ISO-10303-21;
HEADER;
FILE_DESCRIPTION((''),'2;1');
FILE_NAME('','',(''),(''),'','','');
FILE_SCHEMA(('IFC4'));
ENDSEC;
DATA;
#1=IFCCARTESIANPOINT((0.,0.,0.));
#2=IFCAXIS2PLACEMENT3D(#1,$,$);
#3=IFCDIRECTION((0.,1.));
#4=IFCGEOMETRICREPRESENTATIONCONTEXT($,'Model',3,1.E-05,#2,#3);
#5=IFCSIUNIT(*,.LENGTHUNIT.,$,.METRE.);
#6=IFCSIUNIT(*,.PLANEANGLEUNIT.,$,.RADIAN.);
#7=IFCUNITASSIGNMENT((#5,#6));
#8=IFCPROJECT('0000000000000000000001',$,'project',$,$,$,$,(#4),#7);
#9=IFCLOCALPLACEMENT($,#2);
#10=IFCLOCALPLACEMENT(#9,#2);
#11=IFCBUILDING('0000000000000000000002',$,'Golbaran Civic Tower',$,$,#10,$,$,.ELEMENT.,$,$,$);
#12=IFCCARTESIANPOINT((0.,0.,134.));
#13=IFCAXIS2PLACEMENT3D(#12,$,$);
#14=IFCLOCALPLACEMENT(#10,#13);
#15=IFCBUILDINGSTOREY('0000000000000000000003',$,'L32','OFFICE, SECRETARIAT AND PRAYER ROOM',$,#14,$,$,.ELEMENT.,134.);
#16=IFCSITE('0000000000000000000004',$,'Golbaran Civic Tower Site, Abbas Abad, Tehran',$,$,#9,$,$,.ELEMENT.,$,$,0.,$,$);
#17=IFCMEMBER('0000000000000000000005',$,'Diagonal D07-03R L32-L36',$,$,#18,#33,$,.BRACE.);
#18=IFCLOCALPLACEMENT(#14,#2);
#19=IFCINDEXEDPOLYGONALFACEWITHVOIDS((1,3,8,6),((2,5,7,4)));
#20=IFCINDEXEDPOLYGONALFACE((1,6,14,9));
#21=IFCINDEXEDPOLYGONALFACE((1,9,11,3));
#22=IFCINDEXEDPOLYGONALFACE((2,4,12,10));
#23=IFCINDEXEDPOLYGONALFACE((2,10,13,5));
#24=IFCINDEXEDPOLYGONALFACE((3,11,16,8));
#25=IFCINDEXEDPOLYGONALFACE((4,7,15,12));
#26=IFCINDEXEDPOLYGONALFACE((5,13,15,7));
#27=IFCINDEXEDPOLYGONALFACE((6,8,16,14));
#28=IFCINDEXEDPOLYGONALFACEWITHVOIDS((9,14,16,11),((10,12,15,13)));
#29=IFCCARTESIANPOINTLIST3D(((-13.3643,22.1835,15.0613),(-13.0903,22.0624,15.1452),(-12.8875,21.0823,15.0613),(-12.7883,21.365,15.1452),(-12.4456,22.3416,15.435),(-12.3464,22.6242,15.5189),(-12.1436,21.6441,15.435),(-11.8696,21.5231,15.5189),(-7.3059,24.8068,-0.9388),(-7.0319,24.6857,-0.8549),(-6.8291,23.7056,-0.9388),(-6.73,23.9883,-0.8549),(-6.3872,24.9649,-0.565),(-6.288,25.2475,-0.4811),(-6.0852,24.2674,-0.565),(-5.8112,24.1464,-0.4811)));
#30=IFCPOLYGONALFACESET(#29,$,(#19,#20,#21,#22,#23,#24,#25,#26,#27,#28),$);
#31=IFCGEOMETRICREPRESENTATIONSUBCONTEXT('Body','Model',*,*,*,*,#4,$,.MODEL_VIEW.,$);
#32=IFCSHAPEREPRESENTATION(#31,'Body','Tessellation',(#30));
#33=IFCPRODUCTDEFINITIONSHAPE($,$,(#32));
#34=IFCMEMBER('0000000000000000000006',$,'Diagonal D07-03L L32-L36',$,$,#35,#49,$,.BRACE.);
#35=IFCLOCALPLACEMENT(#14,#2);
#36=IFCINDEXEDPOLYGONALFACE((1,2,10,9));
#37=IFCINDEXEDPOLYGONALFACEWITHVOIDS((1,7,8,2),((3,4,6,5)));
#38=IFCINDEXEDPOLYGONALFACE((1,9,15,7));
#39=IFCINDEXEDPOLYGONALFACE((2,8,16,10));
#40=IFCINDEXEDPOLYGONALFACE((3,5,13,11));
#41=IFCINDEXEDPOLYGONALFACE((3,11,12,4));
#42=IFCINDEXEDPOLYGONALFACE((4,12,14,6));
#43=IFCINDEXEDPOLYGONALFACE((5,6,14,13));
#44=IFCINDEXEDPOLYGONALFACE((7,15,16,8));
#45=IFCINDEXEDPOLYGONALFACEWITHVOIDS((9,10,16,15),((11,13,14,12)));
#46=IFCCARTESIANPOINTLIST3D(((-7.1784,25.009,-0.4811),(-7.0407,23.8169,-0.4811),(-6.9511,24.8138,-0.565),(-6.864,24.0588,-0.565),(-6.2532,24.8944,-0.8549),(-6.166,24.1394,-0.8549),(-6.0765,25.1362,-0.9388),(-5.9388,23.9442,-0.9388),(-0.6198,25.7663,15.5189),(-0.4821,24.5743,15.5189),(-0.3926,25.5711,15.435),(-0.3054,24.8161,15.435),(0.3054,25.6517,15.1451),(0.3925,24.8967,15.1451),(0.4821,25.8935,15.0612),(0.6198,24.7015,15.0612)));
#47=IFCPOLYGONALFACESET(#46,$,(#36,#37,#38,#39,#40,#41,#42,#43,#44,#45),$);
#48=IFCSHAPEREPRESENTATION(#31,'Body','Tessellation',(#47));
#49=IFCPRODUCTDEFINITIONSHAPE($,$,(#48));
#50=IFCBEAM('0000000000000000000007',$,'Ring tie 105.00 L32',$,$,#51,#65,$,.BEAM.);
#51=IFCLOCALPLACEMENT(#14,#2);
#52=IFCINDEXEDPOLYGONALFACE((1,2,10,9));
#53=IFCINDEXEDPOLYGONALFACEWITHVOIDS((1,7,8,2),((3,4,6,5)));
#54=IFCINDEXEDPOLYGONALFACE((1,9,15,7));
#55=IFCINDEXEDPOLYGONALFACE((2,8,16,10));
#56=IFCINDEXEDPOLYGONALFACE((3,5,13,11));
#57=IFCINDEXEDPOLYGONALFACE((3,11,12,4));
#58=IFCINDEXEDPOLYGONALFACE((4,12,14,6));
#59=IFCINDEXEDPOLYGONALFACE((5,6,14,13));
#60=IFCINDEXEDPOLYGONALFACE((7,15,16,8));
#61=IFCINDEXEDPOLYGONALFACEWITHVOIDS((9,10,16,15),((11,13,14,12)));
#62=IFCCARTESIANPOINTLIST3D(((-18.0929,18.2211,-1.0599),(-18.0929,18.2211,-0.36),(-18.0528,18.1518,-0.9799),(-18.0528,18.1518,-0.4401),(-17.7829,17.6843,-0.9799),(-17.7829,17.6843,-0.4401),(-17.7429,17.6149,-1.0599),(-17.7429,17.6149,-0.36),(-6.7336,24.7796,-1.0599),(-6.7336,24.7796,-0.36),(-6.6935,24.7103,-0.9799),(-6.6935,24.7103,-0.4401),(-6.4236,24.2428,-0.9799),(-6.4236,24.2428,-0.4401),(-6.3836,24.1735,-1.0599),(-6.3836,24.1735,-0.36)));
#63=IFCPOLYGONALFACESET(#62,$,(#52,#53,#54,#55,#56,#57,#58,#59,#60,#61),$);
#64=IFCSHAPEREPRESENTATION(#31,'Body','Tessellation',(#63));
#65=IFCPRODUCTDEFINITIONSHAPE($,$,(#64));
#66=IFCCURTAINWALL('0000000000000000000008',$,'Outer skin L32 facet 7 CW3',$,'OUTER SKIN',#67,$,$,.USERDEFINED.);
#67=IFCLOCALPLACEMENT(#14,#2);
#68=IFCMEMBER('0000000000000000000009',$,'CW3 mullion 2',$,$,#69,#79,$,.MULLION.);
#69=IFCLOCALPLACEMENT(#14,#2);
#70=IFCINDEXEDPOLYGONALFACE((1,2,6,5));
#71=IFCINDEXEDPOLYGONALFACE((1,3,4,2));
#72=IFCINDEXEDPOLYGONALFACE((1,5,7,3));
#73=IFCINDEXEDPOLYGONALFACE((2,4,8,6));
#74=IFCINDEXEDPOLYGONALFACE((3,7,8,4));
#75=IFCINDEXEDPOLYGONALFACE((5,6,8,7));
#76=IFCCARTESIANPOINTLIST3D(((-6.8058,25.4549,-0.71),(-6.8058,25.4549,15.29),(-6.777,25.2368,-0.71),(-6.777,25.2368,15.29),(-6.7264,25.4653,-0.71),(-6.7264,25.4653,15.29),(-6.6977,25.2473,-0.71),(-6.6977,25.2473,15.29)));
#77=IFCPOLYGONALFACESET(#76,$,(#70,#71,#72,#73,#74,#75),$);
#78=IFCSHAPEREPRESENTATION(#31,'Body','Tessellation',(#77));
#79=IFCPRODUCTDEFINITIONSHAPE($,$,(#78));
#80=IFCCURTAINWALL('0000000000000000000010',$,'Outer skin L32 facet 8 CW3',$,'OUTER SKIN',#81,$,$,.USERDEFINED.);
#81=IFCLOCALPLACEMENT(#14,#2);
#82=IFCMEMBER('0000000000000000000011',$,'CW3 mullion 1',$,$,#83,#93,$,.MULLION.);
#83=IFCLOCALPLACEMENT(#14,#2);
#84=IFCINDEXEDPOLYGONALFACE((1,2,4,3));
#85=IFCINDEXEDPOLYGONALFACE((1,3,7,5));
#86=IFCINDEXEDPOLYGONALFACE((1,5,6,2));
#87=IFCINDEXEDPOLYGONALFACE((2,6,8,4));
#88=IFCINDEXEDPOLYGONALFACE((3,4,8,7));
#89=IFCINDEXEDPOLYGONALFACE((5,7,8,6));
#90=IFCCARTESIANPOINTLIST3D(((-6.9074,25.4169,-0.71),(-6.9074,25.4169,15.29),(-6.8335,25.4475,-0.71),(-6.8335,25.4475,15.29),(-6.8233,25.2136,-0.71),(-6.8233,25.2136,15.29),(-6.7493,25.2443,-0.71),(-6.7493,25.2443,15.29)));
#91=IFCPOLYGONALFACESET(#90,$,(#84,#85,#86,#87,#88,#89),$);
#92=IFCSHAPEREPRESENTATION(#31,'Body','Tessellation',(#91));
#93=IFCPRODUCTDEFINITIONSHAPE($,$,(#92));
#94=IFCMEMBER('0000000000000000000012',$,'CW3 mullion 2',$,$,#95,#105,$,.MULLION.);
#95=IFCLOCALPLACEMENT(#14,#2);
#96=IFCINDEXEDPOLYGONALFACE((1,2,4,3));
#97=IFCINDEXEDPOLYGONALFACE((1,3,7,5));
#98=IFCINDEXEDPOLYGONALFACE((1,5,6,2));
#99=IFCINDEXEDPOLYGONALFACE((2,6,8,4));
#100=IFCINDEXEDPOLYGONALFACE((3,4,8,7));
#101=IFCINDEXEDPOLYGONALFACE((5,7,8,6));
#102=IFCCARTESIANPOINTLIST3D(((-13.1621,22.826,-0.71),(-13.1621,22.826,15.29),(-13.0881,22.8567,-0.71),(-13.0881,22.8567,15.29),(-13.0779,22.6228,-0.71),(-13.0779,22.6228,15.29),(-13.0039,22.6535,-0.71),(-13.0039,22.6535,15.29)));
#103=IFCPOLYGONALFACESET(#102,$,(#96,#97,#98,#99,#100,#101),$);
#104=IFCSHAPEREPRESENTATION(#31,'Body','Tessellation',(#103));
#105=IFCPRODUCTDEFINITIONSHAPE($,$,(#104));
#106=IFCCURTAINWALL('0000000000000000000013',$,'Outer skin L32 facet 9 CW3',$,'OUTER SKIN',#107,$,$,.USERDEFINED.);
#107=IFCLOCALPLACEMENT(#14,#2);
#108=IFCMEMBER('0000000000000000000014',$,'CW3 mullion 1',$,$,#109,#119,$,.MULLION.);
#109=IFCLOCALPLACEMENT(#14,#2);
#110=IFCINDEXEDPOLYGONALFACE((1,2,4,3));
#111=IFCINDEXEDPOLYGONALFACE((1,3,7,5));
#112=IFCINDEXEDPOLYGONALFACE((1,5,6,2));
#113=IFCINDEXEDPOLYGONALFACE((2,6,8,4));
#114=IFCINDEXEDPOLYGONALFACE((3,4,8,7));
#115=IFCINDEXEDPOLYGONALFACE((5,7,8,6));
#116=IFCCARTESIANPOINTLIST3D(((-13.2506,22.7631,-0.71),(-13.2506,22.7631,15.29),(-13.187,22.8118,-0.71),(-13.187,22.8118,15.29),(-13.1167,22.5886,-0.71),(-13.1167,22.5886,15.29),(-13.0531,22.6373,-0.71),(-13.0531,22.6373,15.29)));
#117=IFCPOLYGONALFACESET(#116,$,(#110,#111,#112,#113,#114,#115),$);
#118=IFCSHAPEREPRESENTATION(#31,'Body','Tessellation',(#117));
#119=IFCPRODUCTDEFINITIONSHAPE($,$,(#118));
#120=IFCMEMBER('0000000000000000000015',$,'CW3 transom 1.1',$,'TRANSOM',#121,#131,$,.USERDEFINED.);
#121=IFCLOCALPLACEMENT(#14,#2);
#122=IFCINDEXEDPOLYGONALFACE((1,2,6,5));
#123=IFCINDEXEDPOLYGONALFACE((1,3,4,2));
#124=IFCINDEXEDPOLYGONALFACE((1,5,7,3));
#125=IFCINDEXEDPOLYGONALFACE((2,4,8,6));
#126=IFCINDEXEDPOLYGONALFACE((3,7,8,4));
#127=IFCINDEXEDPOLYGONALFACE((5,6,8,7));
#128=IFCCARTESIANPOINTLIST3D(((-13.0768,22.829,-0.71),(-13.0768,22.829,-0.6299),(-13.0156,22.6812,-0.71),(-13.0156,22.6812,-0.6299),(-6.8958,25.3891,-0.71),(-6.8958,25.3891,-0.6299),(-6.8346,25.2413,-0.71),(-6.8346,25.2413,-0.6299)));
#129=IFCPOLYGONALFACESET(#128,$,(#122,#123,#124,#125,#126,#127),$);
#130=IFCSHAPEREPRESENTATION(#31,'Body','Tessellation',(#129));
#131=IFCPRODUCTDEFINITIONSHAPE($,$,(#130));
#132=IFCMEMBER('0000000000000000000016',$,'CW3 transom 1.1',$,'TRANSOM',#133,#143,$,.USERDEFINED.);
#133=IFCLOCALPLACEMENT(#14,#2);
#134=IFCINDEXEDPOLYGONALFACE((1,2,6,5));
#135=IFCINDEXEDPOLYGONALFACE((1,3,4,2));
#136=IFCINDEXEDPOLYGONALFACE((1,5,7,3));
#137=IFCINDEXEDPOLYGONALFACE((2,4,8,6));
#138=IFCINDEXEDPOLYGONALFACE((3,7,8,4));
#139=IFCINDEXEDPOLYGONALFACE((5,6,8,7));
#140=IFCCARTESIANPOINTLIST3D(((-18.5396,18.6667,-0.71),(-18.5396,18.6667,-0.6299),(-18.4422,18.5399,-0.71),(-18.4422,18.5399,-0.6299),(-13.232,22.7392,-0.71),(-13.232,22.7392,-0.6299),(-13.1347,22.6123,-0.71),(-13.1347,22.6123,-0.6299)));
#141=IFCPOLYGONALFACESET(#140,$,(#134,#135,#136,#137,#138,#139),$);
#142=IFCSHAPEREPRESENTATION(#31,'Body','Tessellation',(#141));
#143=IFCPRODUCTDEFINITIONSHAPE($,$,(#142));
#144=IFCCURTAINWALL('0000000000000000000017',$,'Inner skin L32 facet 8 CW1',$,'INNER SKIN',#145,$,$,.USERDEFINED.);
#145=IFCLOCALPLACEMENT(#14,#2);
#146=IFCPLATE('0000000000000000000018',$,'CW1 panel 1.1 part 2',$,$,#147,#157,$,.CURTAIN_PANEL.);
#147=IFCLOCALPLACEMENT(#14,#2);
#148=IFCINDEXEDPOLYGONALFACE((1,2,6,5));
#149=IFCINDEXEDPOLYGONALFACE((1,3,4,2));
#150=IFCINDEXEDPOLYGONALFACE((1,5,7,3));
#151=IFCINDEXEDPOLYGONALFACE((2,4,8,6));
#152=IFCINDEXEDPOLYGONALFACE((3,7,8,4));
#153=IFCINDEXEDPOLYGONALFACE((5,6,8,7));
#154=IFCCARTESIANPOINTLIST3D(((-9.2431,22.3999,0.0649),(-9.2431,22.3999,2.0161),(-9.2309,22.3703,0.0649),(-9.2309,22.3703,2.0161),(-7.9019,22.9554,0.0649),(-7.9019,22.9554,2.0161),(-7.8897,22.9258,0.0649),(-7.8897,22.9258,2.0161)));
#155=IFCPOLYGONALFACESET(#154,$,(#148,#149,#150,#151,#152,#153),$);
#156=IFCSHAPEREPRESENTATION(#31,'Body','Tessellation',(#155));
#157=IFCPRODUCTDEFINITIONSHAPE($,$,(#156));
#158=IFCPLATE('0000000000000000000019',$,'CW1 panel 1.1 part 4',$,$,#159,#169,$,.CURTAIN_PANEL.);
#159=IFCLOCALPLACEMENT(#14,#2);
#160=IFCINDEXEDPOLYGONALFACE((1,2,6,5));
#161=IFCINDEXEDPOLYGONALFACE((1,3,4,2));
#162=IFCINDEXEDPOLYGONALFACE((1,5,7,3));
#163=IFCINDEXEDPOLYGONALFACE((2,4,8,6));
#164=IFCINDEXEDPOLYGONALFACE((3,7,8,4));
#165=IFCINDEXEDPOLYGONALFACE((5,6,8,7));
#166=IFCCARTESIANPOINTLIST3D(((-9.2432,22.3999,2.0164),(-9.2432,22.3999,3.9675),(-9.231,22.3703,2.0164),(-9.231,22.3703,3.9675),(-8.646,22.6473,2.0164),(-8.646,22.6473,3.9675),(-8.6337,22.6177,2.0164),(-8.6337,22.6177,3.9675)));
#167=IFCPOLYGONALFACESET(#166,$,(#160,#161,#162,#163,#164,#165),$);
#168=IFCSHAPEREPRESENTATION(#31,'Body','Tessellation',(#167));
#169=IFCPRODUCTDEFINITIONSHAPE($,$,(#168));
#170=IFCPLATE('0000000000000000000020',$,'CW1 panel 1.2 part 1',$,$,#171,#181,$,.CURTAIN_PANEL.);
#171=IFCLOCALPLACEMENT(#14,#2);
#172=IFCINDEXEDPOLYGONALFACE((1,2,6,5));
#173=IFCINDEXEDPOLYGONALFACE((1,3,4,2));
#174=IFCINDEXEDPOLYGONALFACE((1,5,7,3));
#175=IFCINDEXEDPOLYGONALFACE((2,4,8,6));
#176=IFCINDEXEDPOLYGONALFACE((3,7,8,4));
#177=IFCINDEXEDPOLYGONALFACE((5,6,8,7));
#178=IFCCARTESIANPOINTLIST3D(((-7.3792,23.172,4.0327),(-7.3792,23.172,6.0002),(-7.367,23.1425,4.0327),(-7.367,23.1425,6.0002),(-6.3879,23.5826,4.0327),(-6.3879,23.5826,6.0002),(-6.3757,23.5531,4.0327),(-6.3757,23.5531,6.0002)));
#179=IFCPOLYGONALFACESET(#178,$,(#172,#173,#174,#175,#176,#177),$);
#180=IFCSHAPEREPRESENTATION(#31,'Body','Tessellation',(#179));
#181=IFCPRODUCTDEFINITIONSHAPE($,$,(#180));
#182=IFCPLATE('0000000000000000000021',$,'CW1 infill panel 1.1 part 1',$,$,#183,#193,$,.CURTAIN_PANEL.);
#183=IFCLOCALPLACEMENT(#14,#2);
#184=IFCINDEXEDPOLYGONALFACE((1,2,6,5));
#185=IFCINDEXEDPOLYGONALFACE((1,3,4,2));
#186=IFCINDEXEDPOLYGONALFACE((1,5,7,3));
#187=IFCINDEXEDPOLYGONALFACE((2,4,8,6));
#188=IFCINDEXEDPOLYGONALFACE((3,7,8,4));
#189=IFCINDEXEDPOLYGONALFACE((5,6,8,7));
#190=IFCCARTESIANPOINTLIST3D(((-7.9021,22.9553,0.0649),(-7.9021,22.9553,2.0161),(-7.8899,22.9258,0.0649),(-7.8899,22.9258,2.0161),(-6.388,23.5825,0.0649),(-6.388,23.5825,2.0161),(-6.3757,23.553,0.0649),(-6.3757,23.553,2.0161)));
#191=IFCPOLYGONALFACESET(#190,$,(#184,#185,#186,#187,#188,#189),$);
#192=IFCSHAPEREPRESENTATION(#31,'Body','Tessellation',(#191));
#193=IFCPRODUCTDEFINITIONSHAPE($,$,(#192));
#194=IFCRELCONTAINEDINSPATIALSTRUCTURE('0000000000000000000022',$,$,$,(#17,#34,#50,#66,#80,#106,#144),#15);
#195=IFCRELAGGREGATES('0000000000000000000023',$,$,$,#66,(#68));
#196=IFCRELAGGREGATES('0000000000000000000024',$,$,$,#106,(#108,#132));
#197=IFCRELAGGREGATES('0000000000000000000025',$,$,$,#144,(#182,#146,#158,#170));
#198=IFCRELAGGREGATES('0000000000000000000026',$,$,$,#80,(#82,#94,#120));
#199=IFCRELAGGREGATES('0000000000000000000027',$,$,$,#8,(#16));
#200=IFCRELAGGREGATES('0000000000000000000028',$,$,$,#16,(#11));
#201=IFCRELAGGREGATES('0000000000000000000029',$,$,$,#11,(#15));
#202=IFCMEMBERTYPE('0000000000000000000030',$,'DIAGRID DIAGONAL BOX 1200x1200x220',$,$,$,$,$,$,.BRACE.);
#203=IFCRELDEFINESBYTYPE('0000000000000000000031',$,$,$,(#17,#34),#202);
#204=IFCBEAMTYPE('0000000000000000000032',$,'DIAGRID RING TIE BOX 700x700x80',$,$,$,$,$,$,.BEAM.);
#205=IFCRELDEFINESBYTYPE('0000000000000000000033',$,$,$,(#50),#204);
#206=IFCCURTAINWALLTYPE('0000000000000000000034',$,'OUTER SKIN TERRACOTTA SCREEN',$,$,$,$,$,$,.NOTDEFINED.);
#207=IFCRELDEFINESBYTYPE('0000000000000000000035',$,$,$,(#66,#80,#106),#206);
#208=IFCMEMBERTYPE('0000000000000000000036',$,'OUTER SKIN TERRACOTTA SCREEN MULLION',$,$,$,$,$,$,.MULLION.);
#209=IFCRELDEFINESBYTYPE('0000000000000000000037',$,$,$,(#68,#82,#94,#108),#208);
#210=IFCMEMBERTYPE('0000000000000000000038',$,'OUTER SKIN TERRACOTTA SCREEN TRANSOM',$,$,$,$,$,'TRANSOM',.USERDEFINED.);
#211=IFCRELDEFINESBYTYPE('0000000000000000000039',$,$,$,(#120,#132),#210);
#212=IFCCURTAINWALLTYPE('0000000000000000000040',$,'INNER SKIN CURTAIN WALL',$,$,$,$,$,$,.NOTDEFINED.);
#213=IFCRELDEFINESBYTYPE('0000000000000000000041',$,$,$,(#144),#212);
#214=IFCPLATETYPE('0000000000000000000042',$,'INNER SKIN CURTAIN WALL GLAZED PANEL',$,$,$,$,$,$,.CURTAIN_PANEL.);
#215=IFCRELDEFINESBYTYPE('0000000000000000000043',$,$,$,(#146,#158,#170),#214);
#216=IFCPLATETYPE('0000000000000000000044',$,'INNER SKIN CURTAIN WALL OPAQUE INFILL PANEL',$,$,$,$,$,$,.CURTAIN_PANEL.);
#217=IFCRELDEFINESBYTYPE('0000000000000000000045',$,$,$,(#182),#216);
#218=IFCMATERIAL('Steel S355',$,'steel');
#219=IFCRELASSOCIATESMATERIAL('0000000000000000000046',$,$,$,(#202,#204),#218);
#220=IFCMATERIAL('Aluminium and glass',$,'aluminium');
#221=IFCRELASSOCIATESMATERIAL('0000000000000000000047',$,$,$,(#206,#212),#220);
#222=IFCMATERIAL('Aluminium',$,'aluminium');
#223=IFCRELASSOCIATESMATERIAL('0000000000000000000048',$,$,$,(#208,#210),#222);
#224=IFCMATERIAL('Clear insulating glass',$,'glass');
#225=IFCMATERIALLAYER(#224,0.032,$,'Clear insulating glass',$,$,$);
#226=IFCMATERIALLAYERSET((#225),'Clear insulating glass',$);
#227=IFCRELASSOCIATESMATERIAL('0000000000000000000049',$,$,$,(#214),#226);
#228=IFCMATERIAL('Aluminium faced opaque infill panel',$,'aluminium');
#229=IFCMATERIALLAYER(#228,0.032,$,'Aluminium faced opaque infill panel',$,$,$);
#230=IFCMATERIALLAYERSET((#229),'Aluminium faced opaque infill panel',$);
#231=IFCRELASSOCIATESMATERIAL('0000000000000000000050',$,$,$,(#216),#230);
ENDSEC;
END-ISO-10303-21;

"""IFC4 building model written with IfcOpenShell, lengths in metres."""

from ifc_helpers import new_model, si_unit, direction, frame, origin, origin_2d, place, context, subcontext, project, spatial, rectangle, hollow_rectangle, extrude, material, layer, layer_set, material_profile, profile_set, type_object, element, aggregate, save


model = new_model("IFC4")

# Units and contexts
model_context = context("Model", 3, precision=1e-05, world=origin(), true_north=direction((0.0, 1.0)))
body_context = subcontext(model_context, "Body", "Model", "MODEL_VIEW")
ifc_project = project(units=[si_unit("LENGTHUNIT", "METRE"), si_unit("PLANEANGLEUNIT", "RADIAN")], contexts=[model_context])

# Site, building, storey
site_placement = place(None, origin())
site = spatial("IfcSite", under=ifc_project, at=site_placement, Name="Golbaran Civic Tower Site, Abbas Abad, Tehran", CompositionType="ELEMENT", RefElevation=0.0)
building_placement = place(site_placement, origin())
building = spatial("IfcBuilding", under=site, at=building_placement, Name="Golbaran Civic Tower", CompositionType="ELEMENT")
storey_placement = place(building_placement, frame((0.0, 0.0, 134.0)))
storey = spatial("IfcBuildingStorey", under=building, at=storey_placement, Name="L32", Description="OFFICE, SECRETARIAT AND PRAYER ROOM", CompositionType="ELEMENT", Elevation=134.0)

# Members
ifc_material_1 = material(Name="Steel S355", Category="steel")
ifc_material_profile_1 = material_profile(ifc_material_1, hollow_rectangle(XDim=1.2, YDim=1.2, WallThickness=0.22, at=origin_2d()), Name="BOX 1200x1200x220")
ifc_profile_set_1 = profile_set([ifc_material_profile_1], Name="Steel S355")
member_type_1 = type_object("IfcMemberType", Name="DIAGRID DIAGONAL BOX 1200x1200x220", PredefinedType="BRACE", material=ifc_profile_set_1)
for number, where, z_axis, x_axis, name in (
    (1, (-6.5586, 24.4766, -0.71), (-0.350021, -0.151561, 0.9244), (0.397353, -0.917666, 0.0), "Diagonal D07-03R L32-L36"),
    (2, (-6.5586, 24.4766, -0.71), (0.37892, 0.043754, 0.924394), (-0.114708, 0.993399, 0.0), "Diagonal D07-03L L32-L36"),
):
    element("IfcMember", number, at=place(storey_placement, frame(where, z_axis=z_axis, x_axis=x_axis)), inside=storey, type_object=member_type_1, Name=name, PredefinedType="BRACE", context=body_context, shape_type="SweptSolid", body=[
        extrude(hollow_rectangle(XDim=1.2, YDim=1.2, WallThickness=0.22, at=origin_2d()), origin(), (0.0, 0.0, 1.0), 17.3086),
    ])

# Beam
ifc_material_profile_2 = material_profile(ifc_material_1, hollow_rectangle(XDim=0.7, YDim=0.7, WallThickness=0.0801, at=origin_2d()), Name="BOX 700x700x80")
ifc_profile_set_2 = profile_set([ifc_material_profile_2], Name="Steel S355")
beam_type = type_object("IfcBeamType", Name="DIAGRID RING TIE BOX 700x700x80", PredefinedType="BEAM", material=ifc_profile_set_2)
beam_placement = place(storey_placement, frame((-6.5586, 24.4766, -0.71), z_axis=(-0.866017, -0.500015, 0.0), x_axis=(0.500015, -0.866017, 0.0)))
element("IfcBeam", 3, at=beam_placement, inside=storey, type_object=beam_type, Name="Ring tie 105.00 L32", PredefinedType="BEAM", context=body_context, shape_type="SweptSolid", body=[
    extrude(hollow_rectangle(XDim=0.7, YDim=0.7, WallThickness=0.0801, at=origin_2d()), origin(), (0.0, 0.0, 1.0), 13.1167),
])

# Curtain wall, member
ifc_material_2 = material(Name="Aluminium and glass", Category="aluminium")
curtain_wall_type_1 = type_object("IfcCurtainWallType", Name="OUTER SKIN TERRACOTTA SCREEN", PredefinedType="NOTDEFINED", material=ifc_material_2)
curtain_wall_1_placement = place(storey_placement, origin())
curtain_wall_1 = element("IfcCurtainWall", 4, at=curtain_wall_1_placement, inside=storey, type_object=curtain_wall_type_1, Name="Outer skin L32 facet 7 CW3", ObjectType="OUTER SKIN", PredefinedType="USERDEFINED")
ifc_material_3 = material(Name="Aluminium", Category="aluminium")
ifc_material_profile_3 = material_profile(ifc_material_3, rectangle(XDim=0.22, YDim=0.0801, at=origin_2d()), Name="OUTER SKIN TERRACOTTA SCREEN MULLION")
ifc_profile_set_3 = profile_set([ifc_material_profile_3], Name="Aluminium")
member_type_2 = type_object("IfcMemberType", Name="OUTER SKIN TERRACOTTA SCREEN MULLION", PredefinedType="MULLION", material=ifc_profile_set_3)
member_1_placement = place(storey_placement, frame((-6.7517, 25.3511, -0.71), z_axis=(0.0, 0.0, 1.0), x_axis=(0.130526, -0.991445, 0.0)))
member_1 = element("IfcMember", 5, at=member_1_placement, type_object=member_type_2, Name="CW3 mullion 2", PredefinedType="MULLION", context=body_context, shape_type="SweptSolid", body=[
    extrude(rectangle(XDim=0.22, YDim=0.0801, at=origin_2d()), origin(), (0.0, 0.0, 1.0), 16.0),
])
aggregate(curtain_wall_1, [member_1])

# Curtain wall, members
curtain_wall_2_placement = place(storey_placement, origin())
curtain_wall_2 = element("IfcCurtainWall", 6, at=curtain_wall_2_placement, inside=storey, type_object=curtain_wall_type_1, Name="Outer skin L32 facet 8 CW3", ObjectType="OUTER SKIN", PredefinedType="USERDEFINED")
member_2_placement = place(storey_placement, frame((-6.8284, 25.3306, -0.71), z_axis=(0.0, 0.0, 1.0), x_axis=(0.382683, -0.92388, 0.0)))
member_2 = element("IfcMember", 7, at=member_2_placement, type_object=member_type_2, Name="CW3 mullion 1", PredefinedType="MULLION", context=body_context, shape_type="SweptSolid", body=[
    extrude(rectangle(XDim=0.22, YDim=0.0801, at=origin_2d()), origin(), (0.0, 0.0, 1.0), 16.0),
])
member_3_placement = place(storey_placement, frame((-13.083, 22.7397, -0.71), z_axis=(0.0, 0.0, 1.0), x_axis=(0.382683, -0.92388, 0.0)))
member_3 = element("IfcMember", 8, at=member_3_placement, type_object=member_type_2, Name="CW3 mullion 2", PredefinedType="MULLION", context=body_context, shape_type="SweptSolid", body=[
    extrude(rectangle(XDim=0.22, YDim=0.0801, at=origin_2d()), origin(), (0.0, 0.0, 1.0), 16.0),
])

# Curtain wall, member
curtain_wall_3_placement = place(storey_placement, origin())
curtain_wall_3 = element("IfcCurtainWall", 9, at=curtain_wall_3_placement, inside=storey, type_object=curtain_wall_type_1, Name="Outer skin L32 facet 9 CW3", ObjectType="OUTER SKIN", PredefinedType="USERDEFINED")
member_4_placement = place(storey_placement, frame((-13.1519, 22.7002, -0.71), z_axis=(0.0, 0.0, 1.0), x_axis=(0.608761, -0.793353, 0.0)))
member_4 = element("IfcMember", 10, at=member_4_placement, type_object=member_type_2, Name="CW3 mullion 1", PredefinedType="MULLION", context=body_context, shape_type="SweptSolid", body=[
    extrude(rectangle(XDim=0.22, YDim=0.0801, at=origin_2d()), origin(), (0.0, 0.0, 1.0), 16.0),
])

# Members
ifc_material_profile_4 = material_profile(ifc_material_3, rectangle(XDim=0.1599, YDim=0.0801, at=origin_2d()), Name="OUTER SKIN TERRACOTTA SCREEN TRANSOM")
ifc_profile_set_4 = profile_set([ifc_material_profile_4], Name="Aluminium")
member_type_3 = type_object("IfcMemberType", Name="OUTER SKIN TERRACOTTA SCREEN TRANSOM", ElementType="TRANSOM", PredefinedType="USERDEFINED", material=ifc_profile_set_4)
member_5_placement = place(storey_placement, frame((-6.8652, 25.3152, -0.6699), z_axis=(-0.923888, -0.382663, 0.0), x_axis=(0.382663, -0.923888, 0.0)))
member_5 = element("IfcMember", 11, at=member_5_placement, type_object=member_type_3, Name="CW3 transom 1.1", ObjectType="TRANSOM", PredefinedType="USERDEFINED", context=body_context, shape_type="SweptSolid", body=[
    extrude(rectangle(XDim=0.1599, YDim=0.0801, at=origin_2d()), origin(), (0.0, 0.0, 1.0), 6.6902),
])
member_6_placement = place(storey_placement, frame((-13.1833, 22.6758, -0.6699), z_axis=(-0.793365, -0.608746, 0.0), x_axis=(0.608746, -0.793365, 0.0)))
member_6 = element("IfcMember", 12, at=member_6_placement, type_object=member_type_3, Name="CW3 transom 1.1", ObjectType="TRANSOM", PredefinedType="USERDEFINED", context=body_context, shape_type="SweptSolid", body=[
    extrude(rectangle(XDim=0.1599, YDim=0.0801, at=origin_2d()), origin(), (0.0, 0.0, 1.0), 6.6899),
])
aggregate(curtain_wall_3, [member_4, member_6])

# Curtain wall, plates
curtain_wall_type_2 = type_object("IfcCurtainWallType", Name="INNER SKIN CURTAIN WALL", PredefinedType="NOTDEFINED", material=ifc_material_2)
curtain_wall_4_placement = place(storey_placement, origin())
curtain_wall_4 = element("IfcCurtainWall", 13, at=curtain_wall_4_placement, inside=storey, type_object=curtain_wall_type_2, Name="Inner skin L32 facet 8 CW1", ObjectType="INNER SKIN", PredefinedType="USERDEFINED")
ifc_material_4 = material(Name="Clear insulating glass", Category="glass")
ifc_layer_1 = layer(ifc_material_4, 0.032, Name="Clear insulating glass")
ifc_layer_set_1 = layer_set([ifc_layer_1], Name="Clear insulating glass")
plate_type_1 = type_object("IfcPlateType", Name="INNER SKIN CURTAIN WALL GLAZED PANEL", PredefinedType="CURTAIN_PANEL", material=ifc_layer_set_1)
plate_1_placement = place(storey_placement, frame((-8.5664, 22.6628, 0.0649), z_axis=(0.0, 0.0, 1.0), x_axis=(-0.92388, -0.382683, 0.0)))
plate_1 = element("IfcPlate", 14, at=plate_1_placement, type_object=plate_type_1, Name="CW1 panel 1.1 part 2", PredefinedType="CURTAIN_PANEL", context=body_context, shape_type="SweptSolid", body=[
    extrude(rectangle(XDim=1.4517, YDim=0.032, at=origin_2d()), origin(), (0.0, 0.0, 1.0), 1.9512),
])
plate_2_placement = place(storey_placement, frame((-8.9385, 22.5088, 2.0164), z_axis=(0.0, 0.0, 1.0), x_axis=(-0.92388, -0.382683, 0.0)))
plate_2 = element("IfcPlate", 15, at=plate_2_placement, type_object=plate_type_1, Name="CW1 panel 1.1 part 4", PredefinedType="CURTAIN_PANEL", context=body_context, shape_type="SweptSolid", body=[
    extrude(rectangle(XDim=0.6465, YDim=0.032, at=origin_2d()), origin(), (0.0, 0.0, 1.0), 1.9512),
])
plate_3_placement = place(storey_placement, frame((-6.8774, 23.3625, 4.0327), z_axis=(0.0, 0.0, 1.0), x_axis=(-0.92388, -0.382683, 0.0)))
plate_3 = element("IfcPlate", 16, at=plate_3_placement, type_object=plate_type_1, Name="CW1 panel 1.2 part 1", PredefinedType="CURTAIN_PANEL", context=body_context, shape_type="SweptSolid", body=[
    extrude(rectangle(XDim=1.073, YDim=0.032, at=origin_2d()), origin(), (0.0, 0.0, 1.0), 1.9675),
])
ifc_material_5 = material(Name="Aluminium faced opaque infill panel", Category="aluminium")
ifc_layer_2 = layer(ifc_material_5, 0.032, Name="Aluminium faced opaque infill panel")
ifc_layer_set_2 = layer_set([ifc_layer_2], Name="Aluminium faced opaque infill panel")
plate_type_2 = type_object("IfcPlateType", Name="INNER SKIN CURTAIN WALL OPAQUE INFILL PANEL", PredefinedType="CURTAIN_PANEL", material=ifc_layer_set_2)
plate_4_placement = place(storey_placement, frame((-7.1389, 23.2542, 0.0649), z_axis=(0.0, 0.0, 1.0), x_axis=(-0.92388, -0.382683, 0.0)))
plate_4 = element("IfcPlate", 17, at=plate_4_placement, type_object=plate_type_2, Name="CW1 infill panel 1.1 part 1", PredefinedType="CURTAIN_PANEL", context=body_context, shape_type="SweptSolid", body=[
    extrude(rectangle(XDim=1.6389, YDim=0.032, at=origin_2d()), origin(), (0.0, 0.0, 1.0), 1.9512),
])
aggregate(curtain_wall_4, [plate_4, plate_1, plate_2, plate_3])

aggregate(curtain_wall_2, [member_2, member_3, member_5])

save(model, "model.ifc")
